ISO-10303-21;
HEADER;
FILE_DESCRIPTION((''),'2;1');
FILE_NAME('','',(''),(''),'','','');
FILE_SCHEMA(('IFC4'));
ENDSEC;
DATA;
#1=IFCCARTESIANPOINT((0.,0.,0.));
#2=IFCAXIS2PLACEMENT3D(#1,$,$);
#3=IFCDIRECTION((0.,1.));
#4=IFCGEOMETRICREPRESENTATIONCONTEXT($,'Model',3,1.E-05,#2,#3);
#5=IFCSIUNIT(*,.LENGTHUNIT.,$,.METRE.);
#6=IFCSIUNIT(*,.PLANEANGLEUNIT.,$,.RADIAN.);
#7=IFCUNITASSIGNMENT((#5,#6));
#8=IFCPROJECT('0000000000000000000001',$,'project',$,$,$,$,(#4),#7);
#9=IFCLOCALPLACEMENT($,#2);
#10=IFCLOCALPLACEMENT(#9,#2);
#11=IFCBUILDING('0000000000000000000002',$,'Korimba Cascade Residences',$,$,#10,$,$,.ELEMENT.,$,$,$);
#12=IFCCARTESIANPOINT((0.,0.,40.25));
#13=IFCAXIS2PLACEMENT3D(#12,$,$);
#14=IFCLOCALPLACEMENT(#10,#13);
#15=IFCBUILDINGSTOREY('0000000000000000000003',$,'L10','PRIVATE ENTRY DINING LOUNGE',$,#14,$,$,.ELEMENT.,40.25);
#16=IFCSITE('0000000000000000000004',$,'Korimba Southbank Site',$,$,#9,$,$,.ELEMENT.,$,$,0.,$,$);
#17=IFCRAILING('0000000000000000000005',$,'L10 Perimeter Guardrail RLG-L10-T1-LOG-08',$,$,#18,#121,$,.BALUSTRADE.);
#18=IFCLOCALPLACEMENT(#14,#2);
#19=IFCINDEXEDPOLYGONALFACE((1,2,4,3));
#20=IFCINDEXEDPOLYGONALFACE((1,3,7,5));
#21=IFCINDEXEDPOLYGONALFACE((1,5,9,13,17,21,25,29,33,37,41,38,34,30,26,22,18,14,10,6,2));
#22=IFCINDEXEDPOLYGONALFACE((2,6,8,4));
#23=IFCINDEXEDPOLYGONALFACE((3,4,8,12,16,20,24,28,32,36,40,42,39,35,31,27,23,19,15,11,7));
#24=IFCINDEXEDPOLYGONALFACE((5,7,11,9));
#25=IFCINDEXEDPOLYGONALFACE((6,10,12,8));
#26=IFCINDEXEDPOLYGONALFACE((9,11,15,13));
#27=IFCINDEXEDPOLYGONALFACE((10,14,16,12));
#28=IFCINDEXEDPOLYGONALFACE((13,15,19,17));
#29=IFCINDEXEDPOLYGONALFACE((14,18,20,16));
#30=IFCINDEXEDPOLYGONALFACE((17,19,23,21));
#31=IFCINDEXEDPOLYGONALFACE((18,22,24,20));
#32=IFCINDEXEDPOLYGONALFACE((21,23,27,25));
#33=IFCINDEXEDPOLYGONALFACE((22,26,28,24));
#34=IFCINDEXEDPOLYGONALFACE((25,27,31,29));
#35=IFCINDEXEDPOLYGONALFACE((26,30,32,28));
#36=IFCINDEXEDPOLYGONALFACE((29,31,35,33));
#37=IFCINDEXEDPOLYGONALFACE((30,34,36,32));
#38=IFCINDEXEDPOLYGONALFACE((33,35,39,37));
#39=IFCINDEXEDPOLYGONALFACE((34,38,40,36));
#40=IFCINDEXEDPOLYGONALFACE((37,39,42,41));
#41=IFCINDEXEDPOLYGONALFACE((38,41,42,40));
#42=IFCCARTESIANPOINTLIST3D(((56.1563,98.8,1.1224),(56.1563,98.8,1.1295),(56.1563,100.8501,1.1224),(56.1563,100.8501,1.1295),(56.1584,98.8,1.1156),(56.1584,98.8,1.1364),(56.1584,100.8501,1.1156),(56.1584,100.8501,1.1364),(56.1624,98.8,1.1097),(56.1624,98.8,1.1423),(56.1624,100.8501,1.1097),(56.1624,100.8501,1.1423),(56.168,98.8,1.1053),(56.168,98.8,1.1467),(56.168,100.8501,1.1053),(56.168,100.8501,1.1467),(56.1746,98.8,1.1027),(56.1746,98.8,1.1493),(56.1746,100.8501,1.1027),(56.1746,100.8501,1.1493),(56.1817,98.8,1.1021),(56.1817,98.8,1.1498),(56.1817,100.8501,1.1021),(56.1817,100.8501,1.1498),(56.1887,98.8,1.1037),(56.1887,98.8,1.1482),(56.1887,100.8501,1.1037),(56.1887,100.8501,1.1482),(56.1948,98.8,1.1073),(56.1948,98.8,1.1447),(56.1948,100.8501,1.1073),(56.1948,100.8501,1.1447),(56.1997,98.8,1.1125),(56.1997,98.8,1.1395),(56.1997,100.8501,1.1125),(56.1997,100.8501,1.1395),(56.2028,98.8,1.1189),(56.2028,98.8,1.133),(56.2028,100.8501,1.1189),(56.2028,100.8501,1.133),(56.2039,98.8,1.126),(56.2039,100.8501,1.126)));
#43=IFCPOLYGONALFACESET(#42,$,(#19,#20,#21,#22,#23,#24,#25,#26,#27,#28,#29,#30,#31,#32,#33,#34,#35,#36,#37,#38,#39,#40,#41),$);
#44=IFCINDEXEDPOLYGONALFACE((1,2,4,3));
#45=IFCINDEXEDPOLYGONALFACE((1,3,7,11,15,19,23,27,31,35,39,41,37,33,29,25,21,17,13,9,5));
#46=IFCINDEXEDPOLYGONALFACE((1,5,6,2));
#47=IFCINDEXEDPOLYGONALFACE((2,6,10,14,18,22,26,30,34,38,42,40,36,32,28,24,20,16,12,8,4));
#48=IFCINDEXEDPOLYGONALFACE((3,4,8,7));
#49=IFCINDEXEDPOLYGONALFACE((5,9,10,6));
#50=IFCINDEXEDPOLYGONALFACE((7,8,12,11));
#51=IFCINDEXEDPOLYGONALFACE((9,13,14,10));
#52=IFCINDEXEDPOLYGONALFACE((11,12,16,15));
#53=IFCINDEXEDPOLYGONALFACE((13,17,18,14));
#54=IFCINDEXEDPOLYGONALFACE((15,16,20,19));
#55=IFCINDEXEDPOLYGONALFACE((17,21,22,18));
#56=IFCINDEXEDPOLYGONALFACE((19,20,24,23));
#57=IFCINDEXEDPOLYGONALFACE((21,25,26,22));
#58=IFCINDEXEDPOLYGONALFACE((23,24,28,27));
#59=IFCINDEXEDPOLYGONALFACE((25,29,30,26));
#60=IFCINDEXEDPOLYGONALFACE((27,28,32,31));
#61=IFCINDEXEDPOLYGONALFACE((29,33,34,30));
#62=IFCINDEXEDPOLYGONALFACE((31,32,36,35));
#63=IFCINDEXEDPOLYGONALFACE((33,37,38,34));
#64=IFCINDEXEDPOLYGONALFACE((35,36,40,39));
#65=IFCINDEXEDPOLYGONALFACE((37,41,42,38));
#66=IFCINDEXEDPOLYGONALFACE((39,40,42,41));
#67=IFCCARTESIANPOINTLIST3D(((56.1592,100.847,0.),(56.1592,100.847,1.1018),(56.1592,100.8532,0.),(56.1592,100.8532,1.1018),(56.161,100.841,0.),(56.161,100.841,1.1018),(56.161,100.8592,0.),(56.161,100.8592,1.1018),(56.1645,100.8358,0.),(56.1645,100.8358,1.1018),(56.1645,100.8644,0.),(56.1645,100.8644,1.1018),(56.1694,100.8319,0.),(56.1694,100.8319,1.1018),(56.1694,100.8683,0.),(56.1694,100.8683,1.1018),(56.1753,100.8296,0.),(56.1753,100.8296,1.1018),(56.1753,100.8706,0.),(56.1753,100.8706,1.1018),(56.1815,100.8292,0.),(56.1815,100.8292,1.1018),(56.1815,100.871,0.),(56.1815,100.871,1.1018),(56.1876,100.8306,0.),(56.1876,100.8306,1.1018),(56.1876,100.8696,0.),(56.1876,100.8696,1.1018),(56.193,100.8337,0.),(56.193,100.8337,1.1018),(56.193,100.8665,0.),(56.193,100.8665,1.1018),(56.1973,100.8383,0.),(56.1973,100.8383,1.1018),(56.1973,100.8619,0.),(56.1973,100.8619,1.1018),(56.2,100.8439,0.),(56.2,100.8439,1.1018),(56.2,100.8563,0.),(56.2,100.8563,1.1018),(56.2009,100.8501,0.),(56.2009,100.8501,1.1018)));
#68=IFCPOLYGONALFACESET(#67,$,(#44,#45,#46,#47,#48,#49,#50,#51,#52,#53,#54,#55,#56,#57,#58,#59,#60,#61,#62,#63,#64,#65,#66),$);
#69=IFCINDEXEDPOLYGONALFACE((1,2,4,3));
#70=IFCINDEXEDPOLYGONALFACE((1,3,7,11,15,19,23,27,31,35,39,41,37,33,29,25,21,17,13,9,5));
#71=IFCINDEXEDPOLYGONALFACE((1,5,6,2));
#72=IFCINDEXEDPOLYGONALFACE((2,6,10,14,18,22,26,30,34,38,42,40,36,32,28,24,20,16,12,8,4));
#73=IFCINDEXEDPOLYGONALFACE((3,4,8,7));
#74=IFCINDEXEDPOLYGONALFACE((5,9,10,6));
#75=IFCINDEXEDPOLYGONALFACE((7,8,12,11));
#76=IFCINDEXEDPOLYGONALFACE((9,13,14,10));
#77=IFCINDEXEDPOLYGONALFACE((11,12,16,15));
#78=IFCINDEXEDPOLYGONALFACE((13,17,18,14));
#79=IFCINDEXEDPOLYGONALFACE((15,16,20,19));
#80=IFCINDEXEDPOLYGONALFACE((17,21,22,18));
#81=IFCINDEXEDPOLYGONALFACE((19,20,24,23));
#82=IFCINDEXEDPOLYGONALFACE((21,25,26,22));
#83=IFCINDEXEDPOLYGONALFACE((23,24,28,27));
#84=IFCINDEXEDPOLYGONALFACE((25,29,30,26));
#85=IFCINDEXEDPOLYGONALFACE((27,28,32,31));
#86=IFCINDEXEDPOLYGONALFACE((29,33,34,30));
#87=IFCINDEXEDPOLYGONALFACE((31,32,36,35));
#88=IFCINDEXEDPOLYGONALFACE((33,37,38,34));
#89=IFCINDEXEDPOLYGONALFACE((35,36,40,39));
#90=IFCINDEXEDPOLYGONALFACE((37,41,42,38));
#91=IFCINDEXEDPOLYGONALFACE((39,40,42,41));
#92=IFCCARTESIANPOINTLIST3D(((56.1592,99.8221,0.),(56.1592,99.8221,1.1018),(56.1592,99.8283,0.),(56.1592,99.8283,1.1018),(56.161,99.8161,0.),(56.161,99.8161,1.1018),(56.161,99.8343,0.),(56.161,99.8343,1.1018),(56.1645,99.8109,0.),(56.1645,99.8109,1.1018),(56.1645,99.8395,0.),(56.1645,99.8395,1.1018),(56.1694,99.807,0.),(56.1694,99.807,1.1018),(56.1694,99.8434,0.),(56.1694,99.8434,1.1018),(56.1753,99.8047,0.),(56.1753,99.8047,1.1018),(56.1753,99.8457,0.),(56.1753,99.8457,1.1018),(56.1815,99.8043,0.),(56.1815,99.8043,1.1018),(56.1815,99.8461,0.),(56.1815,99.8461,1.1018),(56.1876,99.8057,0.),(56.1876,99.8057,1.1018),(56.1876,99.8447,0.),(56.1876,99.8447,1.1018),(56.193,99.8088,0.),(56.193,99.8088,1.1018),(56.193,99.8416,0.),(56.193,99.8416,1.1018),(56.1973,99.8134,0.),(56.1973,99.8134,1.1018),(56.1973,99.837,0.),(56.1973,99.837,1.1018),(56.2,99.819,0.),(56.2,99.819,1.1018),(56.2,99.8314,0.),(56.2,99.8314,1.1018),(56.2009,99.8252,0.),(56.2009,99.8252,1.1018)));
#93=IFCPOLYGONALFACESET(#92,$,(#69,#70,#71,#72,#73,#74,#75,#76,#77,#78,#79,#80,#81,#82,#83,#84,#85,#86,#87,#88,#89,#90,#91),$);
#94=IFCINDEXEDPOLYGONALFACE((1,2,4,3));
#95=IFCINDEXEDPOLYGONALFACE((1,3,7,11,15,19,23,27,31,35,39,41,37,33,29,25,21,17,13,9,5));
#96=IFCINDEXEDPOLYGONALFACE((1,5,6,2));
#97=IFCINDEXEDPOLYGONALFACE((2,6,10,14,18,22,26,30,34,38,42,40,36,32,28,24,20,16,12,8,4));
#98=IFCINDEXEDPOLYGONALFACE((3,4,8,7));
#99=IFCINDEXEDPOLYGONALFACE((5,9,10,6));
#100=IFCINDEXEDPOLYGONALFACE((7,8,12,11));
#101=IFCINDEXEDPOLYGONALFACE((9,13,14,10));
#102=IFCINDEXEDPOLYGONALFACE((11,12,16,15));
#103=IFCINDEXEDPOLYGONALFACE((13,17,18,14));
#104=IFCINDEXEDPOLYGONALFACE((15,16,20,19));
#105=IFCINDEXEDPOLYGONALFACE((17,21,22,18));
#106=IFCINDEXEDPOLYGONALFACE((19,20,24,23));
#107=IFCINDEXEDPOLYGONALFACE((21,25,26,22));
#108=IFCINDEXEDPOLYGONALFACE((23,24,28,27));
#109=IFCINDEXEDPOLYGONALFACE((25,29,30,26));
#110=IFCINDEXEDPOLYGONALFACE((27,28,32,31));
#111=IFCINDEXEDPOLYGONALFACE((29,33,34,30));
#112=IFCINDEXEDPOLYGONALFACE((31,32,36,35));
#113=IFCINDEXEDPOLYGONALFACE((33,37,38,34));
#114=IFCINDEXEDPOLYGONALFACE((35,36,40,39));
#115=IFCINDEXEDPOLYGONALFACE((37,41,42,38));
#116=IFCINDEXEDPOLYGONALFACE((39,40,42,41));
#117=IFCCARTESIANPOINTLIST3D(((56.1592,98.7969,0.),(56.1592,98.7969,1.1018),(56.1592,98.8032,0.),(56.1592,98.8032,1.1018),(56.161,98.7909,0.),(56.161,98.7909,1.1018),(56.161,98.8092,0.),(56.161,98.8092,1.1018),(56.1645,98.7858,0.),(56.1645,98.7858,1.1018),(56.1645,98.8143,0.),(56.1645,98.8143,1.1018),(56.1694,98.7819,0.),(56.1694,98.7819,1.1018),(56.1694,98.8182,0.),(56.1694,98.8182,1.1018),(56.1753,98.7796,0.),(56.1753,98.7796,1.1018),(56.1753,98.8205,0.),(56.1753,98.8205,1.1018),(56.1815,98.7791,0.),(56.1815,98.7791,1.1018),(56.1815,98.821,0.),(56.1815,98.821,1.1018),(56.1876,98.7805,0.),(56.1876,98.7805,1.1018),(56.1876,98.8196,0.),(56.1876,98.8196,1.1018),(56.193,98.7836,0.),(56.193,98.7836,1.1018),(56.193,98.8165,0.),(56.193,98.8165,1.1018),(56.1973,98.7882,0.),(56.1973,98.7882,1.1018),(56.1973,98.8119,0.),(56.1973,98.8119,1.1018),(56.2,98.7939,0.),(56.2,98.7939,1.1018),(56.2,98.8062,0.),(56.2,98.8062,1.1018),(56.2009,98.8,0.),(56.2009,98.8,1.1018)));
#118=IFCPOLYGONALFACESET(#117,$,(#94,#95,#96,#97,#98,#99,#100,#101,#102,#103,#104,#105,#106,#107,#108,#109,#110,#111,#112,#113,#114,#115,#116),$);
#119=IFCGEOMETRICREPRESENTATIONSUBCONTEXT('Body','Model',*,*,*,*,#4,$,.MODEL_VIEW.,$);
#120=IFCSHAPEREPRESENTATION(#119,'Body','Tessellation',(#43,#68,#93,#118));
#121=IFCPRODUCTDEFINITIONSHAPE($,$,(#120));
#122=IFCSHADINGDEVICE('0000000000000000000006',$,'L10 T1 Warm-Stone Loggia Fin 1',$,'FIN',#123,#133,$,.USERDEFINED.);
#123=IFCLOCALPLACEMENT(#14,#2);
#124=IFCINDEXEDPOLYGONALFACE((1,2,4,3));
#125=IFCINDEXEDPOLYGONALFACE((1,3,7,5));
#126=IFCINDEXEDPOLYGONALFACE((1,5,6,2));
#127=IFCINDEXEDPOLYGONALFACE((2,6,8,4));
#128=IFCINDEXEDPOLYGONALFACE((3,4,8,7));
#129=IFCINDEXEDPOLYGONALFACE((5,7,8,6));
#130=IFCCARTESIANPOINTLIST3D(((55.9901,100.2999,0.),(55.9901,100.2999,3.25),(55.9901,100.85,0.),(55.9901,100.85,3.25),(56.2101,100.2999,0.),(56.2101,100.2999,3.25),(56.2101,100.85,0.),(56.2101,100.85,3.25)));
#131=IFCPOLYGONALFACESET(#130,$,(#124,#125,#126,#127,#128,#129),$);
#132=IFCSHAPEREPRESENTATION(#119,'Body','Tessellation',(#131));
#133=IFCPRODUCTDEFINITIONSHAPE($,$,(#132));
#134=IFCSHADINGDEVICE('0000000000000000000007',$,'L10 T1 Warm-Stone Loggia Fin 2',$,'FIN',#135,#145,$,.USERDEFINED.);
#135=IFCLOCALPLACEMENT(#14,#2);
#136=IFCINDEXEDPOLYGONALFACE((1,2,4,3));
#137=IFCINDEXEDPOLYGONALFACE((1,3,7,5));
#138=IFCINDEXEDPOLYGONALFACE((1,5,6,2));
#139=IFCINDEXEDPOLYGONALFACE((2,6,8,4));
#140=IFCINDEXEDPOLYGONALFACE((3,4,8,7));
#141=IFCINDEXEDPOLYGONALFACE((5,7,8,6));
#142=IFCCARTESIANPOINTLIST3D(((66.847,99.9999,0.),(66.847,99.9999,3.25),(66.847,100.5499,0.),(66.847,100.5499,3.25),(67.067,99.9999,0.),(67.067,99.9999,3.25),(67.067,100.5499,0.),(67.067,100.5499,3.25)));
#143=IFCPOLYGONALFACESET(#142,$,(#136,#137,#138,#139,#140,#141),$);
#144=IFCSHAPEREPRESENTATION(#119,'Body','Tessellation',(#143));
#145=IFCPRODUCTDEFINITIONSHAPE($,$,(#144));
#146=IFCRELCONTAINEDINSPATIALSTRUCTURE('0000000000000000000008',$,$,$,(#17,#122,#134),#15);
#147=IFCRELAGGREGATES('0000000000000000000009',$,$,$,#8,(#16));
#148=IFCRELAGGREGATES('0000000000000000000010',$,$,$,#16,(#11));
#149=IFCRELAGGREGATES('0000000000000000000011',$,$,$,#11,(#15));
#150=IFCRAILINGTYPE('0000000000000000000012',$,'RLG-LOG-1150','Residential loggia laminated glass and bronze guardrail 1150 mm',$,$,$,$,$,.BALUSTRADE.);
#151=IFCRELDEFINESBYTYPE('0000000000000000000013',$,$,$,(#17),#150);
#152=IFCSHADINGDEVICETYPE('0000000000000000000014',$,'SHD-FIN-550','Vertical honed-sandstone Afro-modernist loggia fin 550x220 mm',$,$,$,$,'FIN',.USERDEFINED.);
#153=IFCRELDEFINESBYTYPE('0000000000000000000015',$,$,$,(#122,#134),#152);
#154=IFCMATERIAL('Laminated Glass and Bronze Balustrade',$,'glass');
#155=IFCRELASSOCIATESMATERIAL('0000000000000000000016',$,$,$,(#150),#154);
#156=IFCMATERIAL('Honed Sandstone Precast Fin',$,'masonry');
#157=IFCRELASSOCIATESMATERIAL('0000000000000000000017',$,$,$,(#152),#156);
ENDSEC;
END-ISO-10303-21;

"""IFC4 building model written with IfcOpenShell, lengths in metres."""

from ifc_helpers import new_model, si_unit, direction, frame, origin, origin_2d, place, context, subcontext, project, spatial, rectangle, circle, extrude, material, type_object, element, save


model = new_model("IFC4")

# Units and contexts
model_context = context("Model", 3, precision=1e-05, world=origin(), true_north=direction((0.0, 1.0)))
body_context = subcontext(model_context, "Body", "Model", "MODEL_VIEW")
ifc_project = project(units=[si_unit("LENGTHUNIT", "METRE"), si_unit("PLANEANGLEUNIT", "RADIAN")], contexts=[model_context])

# Site, building, storey
site_placement = place(None, origin())
site = spatial("IfcSite", under=ifc_project, at=site_placement, Name="Korimba Southbank Site", CompositionType="ELEMENT", RefElevation=0.0)
building_placement = place(site_placement, origin())
building = spatial("IfcBuilding", under=site, at=building_placement, Name="Korimba Cascade Residences", CompositionType="ELEMENT")
storey_placement = place(building_placement, frame((0.0, 0.0, 40.25)))
storey = spatial("IfcBuildingStorey", under=building, at=storey_placement, Name="L10", Description="PRIVATE ENTRY DINING LOUNGE", CompositionType="ELEMENT", Elevation=40.25)

# Railing
ifc_material_1 = material(Name="Laminated Glass and Bronze Balustrade", Category="glass")
railing_type = type_object("IfcRailingType", Name="RLG-LOG-1150", Description="Residential loggia laminated glass and bronze guardrail 1150 mm", PredefinedType="BALUSTRADE", material=ifc_material_1)
railing_1_placement = place(storey_placement, frame((56.1799, 100.8501, 0.0)))
element("IfcRailing", 1, at=railing_1_placement, inside=storey, type_object=railing_type, Name="L10 Perimeter Guardrail RLG-L10-T1-LOG-08", PredefinedType="BALUSTRADE", context=body_context, shape_type="SweptSolid", body=[
    extrude(circle(Radius=0.0239, at=origin_2d()), frame((0.0, 0.0, 1.126), z_axis=(0.0, -1.0, 0.0), x_axis=(1.0, 0.0, 0.0)), (0.0, 0.0, 1.0), 2.05),
    extrude(circle(Radius=0.021, at=origin_2d()), origin(), (0.0, 0.0, 1.0), 1.1018),
    extrude(circle(Radius=0.021, at=origin_2d()), frame((0.0, -1.0249, 0.0)), (0.0, 0.0, 1.0), 1.1018),
    extrude(circle(Radius=0.021, at=origin_2d()), frame((0.0, -2.05, 0.0)), (0.0, 0.0, 1.0), 1.1018),
])

# Shading devices
ifc_material_2 = material(Name="Honed Sandstone Precast Fin", Category="masonry")
shading_device_type = type_object("IfcShadingDeviceType", Name="SHD-FIN-550", Description="Vertical honed-sandstone Afro-modernist loggia fin 550x220 mm", ElementType="FIN", PredefinedType="USERDEFINED", material=ifc_material_2)
for number, where, z_axis, x_axis, name in (
    (2, (56.1001, 100.575, 0.0), (0.0, 0.0, 1.0), (1.0, 0.0, 0.0), "L10 T1 Warm-Stone Loggia Fin 1"),
    (3, (66.957, 100.2749, 0.0), (0.0, 0.0, 1.0), (1.0, 0.0, 0.0), "L10 T1 Warm-Stone Loggia Fin 2"),
):
    element("IfcShadingDevice", number, at=place(storey_placement, frame(where, z_axis=z_axis, x_axis=x_axis)), inside=storey, type_object=shading_device_type, Name=name, ObjectType="FIN", PredefinedType="USERDEFINED", context=body_context, shape_type="SweptSolid", body=[
        extrude(rectangle(XDim=0.22, YDim=0.55, at=origin_2d()), origin(), (0.0, 0.0, 1.0), 3.25),
    ])

save(model, "model.ifc")
